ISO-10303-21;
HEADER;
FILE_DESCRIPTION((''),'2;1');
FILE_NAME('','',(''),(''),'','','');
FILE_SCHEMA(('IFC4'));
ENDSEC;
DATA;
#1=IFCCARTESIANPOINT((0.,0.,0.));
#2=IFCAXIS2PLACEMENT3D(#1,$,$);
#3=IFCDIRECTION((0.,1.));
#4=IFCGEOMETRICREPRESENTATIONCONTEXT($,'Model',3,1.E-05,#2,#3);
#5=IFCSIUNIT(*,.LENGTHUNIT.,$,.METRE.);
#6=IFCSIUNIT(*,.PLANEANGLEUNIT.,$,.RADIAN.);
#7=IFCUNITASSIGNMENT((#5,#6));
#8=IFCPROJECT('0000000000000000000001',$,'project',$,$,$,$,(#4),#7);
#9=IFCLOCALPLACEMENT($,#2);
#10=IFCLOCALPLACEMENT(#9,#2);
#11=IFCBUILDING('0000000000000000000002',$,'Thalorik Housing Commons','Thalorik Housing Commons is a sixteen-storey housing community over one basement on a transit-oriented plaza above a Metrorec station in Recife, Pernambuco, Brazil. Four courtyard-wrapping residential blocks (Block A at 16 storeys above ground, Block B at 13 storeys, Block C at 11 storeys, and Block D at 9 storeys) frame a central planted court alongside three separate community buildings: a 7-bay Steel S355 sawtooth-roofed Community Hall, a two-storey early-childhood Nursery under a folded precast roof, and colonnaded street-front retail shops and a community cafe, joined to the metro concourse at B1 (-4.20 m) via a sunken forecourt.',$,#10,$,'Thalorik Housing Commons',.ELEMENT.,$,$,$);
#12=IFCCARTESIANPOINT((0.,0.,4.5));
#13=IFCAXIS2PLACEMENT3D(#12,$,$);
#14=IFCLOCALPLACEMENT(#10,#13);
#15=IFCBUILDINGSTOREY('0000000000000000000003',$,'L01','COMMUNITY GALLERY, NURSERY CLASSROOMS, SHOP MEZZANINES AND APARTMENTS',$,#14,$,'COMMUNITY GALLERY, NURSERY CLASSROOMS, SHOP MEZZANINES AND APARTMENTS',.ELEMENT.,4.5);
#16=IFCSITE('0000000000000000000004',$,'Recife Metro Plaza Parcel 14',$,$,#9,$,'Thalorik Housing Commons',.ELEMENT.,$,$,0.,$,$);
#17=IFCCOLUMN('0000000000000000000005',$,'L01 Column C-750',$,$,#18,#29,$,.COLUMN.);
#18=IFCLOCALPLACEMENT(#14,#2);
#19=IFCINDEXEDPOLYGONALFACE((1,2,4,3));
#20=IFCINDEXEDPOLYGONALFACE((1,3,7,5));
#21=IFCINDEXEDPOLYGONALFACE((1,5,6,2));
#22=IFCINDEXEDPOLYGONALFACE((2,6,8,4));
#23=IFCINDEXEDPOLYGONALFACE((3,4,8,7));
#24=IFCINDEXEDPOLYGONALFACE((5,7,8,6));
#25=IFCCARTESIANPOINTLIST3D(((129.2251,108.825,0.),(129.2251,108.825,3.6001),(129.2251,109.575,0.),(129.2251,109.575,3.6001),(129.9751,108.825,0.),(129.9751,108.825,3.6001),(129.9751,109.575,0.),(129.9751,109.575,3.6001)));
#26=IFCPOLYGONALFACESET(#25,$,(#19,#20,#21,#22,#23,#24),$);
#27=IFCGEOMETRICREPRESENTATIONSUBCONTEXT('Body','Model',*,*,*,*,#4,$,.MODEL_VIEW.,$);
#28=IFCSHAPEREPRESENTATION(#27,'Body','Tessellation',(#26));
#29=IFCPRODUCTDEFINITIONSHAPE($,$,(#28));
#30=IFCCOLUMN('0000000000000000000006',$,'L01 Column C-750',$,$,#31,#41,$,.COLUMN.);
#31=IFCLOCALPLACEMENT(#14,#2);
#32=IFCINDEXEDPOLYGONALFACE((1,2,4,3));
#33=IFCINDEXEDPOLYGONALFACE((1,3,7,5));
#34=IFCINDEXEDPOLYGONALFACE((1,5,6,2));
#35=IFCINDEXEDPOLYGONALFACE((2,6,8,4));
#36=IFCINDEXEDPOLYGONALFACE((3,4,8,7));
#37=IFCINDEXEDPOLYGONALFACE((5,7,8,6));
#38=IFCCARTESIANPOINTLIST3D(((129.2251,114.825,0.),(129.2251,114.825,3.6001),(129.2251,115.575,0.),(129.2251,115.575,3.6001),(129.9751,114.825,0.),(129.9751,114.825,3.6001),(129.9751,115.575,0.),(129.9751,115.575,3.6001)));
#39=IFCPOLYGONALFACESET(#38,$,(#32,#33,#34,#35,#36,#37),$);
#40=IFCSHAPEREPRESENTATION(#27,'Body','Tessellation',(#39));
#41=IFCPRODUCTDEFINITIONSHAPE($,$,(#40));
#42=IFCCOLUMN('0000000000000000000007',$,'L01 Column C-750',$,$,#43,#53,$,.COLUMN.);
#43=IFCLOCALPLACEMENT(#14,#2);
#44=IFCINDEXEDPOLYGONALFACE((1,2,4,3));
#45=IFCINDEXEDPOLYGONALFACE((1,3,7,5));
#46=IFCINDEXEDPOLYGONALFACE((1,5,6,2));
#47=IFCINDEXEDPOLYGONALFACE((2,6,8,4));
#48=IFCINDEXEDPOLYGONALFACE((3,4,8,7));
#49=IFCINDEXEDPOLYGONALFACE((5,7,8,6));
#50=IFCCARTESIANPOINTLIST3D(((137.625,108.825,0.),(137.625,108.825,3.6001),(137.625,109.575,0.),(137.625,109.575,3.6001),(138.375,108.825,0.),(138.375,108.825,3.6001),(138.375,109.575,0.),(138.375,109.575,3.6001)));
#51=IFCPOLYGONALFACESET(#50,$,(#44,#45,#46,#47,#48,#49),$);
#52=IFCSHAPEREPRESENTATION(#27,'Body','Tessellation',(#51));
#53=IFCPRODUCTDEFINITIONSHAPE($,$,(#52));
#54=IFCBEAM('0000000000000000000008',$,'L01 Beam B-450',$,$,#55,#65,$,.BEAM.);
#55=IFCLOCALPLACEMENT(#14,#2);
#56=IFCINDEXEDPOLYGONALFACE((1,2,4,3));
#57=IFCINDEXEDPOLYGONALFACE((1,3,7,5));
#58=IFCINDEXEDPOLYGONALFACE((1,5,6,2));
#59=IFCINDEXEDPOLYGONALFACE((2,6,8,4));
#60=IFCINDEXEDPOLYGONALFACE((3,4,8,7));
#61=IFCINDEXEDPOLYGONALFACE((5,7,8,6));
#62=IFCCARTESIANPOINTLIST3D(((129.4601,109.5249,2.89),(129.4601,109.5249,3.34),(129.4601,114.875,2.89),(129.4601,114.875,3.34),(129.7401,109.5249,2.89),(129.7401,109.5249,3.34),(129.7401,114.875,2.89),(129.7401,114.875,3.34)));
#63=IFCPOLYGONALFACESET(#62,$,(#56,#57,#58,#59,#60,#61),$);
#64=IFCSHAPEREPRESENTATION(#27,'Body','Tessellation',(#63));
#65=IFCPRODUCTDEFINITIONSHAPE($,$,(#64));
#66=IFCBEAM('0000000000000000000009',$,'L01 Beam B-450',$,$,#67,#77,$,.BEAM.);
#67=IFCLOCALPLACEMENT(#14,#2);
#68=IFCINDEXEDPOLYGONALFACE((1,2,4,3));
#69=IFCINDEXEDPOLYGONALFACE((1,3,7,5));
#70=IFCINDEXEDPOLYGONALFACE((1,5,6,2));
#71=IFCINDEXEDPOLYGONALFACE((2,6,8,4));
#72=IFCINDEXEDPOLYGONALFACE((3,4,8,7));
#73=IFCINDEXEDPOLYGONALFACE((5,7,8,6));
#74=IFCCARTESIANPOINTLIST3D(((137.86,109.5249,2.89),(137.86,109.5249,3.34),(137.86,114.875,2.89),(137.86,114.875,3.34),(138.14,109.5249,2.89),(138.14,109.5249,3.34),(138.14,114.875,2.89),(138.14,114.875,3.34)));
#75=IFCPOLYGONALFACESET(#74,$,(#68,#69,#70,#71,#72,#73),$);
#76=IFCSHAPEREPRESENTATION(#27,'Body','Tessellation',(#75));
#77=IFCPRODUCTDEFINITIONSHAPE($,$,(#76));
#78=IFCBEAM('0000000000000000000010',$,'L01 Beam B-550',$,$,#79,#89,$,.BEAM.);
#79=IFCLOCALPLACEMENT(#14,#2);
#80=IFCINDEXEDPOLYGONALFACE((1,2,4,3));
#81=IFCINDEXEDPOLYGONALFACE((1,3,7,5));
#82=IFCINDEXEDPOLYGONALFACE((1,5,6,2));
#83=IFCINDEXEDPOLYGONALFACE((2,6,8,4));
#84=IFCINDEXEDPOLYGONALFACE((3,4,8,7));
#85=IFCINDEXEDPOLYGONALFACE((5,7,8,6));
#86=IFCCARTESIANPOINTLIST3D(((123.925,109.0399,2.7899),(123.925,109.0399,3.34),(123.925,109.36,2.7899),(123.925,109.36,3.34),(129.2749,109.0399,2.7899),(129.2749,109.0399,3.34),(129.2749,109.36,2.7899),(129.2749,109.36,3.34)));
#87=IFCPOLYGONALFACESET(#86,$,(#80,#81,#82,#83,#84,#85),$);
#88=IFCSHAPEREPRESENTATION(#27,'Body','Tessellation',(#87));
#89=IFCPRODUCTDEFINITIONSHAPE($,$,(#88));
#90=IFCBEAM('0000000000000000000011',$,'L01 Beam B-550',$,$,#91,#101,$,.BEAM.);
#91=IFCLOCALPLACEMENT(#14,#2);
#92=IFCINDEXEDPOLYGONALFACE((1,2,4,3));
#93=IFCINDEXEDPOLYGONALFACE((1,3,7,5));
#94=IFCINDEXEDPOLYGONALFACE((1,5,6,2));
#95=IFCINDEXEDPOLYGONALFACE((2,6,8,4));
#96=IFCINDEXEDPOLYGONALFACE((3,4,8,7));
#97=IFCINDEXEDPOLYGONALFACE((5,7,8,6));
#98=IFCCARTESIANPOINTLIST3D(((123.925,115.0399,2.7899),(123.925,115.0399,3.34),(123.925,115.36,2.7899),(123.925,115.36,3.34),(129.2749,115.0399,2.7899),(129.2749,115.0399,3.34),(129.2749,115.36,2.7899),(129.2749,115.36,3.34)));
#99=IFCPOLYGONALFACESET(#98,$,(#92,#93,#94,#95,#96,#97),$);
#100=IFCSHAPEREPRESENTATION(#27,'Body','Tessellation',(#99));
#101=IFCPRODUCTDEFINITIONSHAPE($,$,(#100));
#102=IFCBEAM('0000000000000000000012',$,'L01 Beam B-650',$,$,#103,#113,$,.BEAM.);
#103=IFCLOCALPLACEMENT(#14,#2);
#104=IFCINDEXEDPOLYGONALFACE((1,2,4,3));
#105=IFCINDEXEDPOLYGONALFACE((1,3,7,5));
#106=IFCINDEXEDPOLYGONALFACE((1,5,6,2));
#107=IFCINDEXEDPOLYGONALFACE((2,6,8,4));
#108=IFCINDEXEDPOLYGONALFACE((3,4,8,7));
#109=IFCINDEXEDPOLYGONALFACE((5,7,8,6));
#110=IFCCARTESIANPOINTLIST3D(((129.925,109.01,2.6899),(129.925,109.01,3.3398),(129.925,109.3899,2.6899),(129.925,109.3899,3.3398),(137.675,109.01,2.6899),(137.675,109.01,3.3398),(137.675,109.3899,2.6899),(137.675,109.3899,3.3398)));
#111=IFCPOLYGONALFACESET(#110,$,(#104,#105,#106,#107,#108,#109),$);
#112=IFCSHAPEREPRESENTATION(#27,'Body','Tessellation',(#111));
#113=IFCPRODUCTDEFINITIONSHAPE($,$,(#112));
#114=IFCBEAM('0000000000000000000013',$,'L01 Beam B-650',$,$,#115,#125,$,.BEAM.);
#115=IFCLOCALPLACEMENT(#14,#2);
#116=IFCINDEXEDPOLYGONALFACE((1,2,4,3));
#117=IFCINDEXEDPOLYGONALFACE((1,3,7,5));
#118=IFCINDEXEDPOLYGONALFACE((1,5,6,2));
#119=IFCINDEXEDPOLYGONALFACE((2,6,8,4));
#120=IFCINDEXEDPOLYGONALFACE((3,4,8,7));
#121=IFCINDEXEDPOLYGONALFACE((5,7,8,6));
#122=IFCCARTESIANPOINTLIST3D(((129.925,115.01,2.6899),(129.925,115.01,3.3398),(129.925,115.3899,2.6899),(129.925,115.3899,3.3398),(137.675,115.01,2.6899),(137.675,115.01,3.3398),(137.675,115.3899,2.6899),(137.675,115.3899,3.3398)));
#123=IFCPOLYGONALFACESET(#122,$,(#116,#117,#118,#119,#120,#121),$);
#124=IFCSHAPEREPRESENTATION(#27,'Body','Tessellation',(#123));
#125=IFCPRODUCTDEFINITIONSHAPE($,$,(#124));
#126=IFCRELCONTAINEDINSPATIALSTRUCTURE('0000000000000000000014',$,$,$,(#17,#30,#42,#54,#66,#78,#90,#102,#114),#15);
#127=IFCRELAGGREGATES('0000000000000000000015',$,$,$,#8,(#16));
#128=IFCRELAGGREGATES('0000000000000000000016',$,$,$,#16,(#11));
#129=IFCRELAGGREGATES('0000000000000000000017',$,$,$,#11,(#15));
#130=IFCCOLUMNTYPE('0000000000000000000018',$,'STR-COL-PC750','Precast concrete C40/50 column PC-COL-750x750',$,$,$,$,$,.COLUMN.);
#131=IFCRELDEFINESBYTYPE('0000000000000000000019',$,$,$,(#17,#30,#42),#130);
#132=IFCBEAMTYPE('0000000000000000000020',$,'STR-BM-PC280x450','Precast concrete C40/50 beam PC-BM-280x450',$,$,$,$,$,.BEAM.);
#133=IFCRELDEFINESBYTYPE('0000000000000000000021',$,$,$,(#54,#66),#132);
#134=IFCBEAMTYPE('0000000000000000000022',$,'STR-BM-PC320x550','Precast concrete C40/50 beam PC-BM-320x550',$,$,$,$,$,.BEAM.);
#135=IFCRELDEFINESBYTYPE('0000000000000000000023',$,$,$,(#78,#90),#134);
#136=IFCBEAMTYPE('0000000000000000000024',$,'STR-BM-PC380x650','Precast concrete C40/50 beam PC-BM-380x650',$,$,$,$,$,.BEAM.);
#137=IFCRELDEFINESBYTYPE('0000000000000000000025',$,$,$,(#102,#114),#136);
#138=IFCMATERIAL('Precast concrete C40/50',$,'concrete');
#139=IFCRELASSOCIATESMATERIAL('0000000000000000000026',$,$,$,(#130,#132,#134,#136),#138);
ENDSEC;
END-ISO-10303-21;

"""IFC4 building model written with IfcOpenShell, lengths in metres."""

from ifc_helpers import new_model, si_unit, direction, frame, origin, origin_2d, place, context, subcontext, project, spatial, rectangle, extrude, material, material_profile, profile_set, type_object, element, save


model = new_model("IFC4")

# Units and contexts
model_context = context("Model", 3, precision=1e-05, world=origin(), true_north=direction((0.0, 1.0)))
body_context = subcontext(model_context, "Body", "Model", "MODEL_VIEW")
ifc_project = project(units=[si_unit("LENGTHUNIT", "METRE"), si_unit("PLANEANGLEUNIT", "RADIAN")], contexts=[model_context])

# Site, building, storey
site_placement = place(None, origin())
site = spatial("IfcSite", under=ifc_project, at=site_placement, Name="Recife Metro Plaza Parcel 14", LongName="Thalorik Housing Commons", CompositionType="ELEMENT", RefElevation=0.0)
building_placement = place(site_placement, origin())
building = spatial("IfcBuilding", under=site, at=building_placement, Name="Thalorik Housing Commons", Description="Thalorik Housing Commons is a sixteen-storey housing community over one basement on a transit-oriented plaza above a Metrorec station in Recife, Pernambuco, Brazil. Four courtyard-wrapping residential blocks (Block A at 16 storeys above ground, Block B at 13 storeys, Block C at 11 storeys, and Block D at 9 storeys) frame a central planted court alongside three separate community buildings: a 7-bay Steel S355 sawtooth-roofed Community Hall, a two-storey early-childhood Nursery under a folded precast roof, and colonnaded street-front retail shops and a community cafe, joined to the metro concourse at B1 (-4.20 m) via a sunken forecourt.", LongName="Thalorik Housing Commons", CompositionType="ELEMENT")
storey_placement = place(building_placement, frame((0.0, 0.0, 4.5)))
storey = spatial("IfcBuildingStorey", under=building, at=storey_placement, Name="L01", Description="COMMUNITY GALLERY, NURSERY CLASSROOMS, SHOP MEZZANINES AND APARTMENTS", LongName="COMMUNITY GALLERY, NURSERY CLASSROOMS, SHOP MEZZANINES AND APARTMENTS", CompositionType="ELEMENT", Elevation=4.5)

# Columns
ifc_material_1 = material(Name="Precast concrete C40/50", Category="concrete")
ifc_material_profile_1 = material_profile(ifc_material_1, rectangle(XDim=0.75, YDim=0.75, at=origin_2d()), Name="PC 750x750", Category="concrete")
ifc_profile_set_1 = profile_set([ifc_material_profile_1], Name="Precast concrete C40/50")
column_type = type_object("IfcColumnType", Name="STR-COL-PC750", Description="Precast concrete C40/50 column PC-COL-750x750", PredefinedType="COLUMN", material=ifc_profile_set_1)
for number, where, z_axis, x_axis, name in (
    (1, (129.6001, 109.2, 0.0), (0.0, 0.0, 1.0), (1.0, 0.0, 0.0), "L01 Column C-750"),
    (2, (129.6001, 115.2, 0.0), (0.0, 0.0, 1.0), (1.0, 0.0, 0.0), "L01 Column C-750"),
    (3, (138.0, 109.2, 0.0), (0.0, 0.0, 1.0), (1.0, 0.0, 0.0), "L01 Column C-750"),
):
    element("IfcColumn", number, at=place(storey_placement, frame(where, z_axis=z_axis, x_axis=x_axis)), inside=storey, type_object=column_type, Name=name, PredefinedType="COLUMN", context=body_context, shape_type="SweptSolid", body=[
        extrude(rectangle(XDim=0.75, YDim=0.75, at=origin_2d()), origin(), (0.0, 0.0, 1.0), 3.6001),
    ])

# Beams
ifc_material_profile_2 = material_profile(ifc_material_1, rectangle(XDim=0.28, YDim=0.45, at=origin_2d()), Name="PC 280x450", Category="concrete")
ifc_profile_set_2 = profile_set([ifc_material_profile_2], Name="Precast concrete C40/50")
beam_type_1 = type_object("IfcBeamType", Name="STR-BM-PC280x450", Description="Precast concrete C40/50 beam PC-BM-280x450", PredefinedType="BEAM", material=ifc_profile_set_2)
for number, where, z_axis, x_axis, name in (
    (4, (129.6001, 109.5249, 3.115), (0.0, 1.0, 0.0), (-1.0, 0.0, 0.0), "L01 Beam B-450"),
    (5, (138.0, 109.5249, 3.115), (0.0, 1.0, 0.0), (-1.0, 0.0, 0.0), "L01 Beam B-450"),
):
    element("IfcBeam", number, at=place(storey_placement, frame(where, z_axis=z_axis, x_axis=x_axis)), inside=storey, type_object=beam_type_1, Name=name, PredefinedType="BEAM", context=body_context, shape_type="SweptSolid", body=[
        extrude(rectangle(XDim=0.28, YDim=0.45, at=origin_2d()), origin(), (0.0, 0.0, 1.0), 5.3501),
    ])
ifc_material_profile_3 = material_profile(ifc_material_1, rectangle(XDim=0.3201, YDim=0.55, at=origin_2d()), Name="PC 320x550", Category="concrete")
ifc_profile_set_3 = profile_set([ifc_material_profile_3], Name="Precast concrete C40/50")
beam_type_2 = type_object("IfcBeamType", Name="STR-BM-PC320x550", Description="Precast concrete C40/50 beam PC-BM-320x550", PredefinedType="BEAM", material=ifc_profile_set_3)
for number, where, z_axis, x_axis, name in (
    (6, (123.925, 109.2, 3.0649), (1.0, 0.0, 0.0), (0.0, 1.0, 0.0), "L01 Beam B-550"),
    (7, (123.925, 115.2, 3.0649), (1.0, 0.0, 0.0), (0.0, 1.0, 0.0), "L01 Beam B-550"),
):
    element("IfcBeam", number, at=place(storey_placement, frame(where, z_axis=z_axis, x_axis=x_axis)), inside=storey, type_object=beam_type_2, Name=name, PredefinedType="BEAM", context=body_context, shape_type="SweptSolid", body=[
        extrude(rectangle(XDim=0.3201, YDim=0.55, at=origin_2d()), origin(), (0.0, 0.0, 1.0), 5.3499),
    ])
ifc_material_profile_4 = material_profile(ifc_material_1, rectangle(XDim=0.3799, YDim=0.6499, at=origin_2d()), Name="PC 380x650", Category="concrete")
ifc_profile_set_4 = profile_set([ifc_material_profile_4], Name="Precast concrete C40/50")
beam_type_3 = type_object("IfcBeamType", Name="STR-BM-PC380x650", Description="Precast concrete C40/50 beam PC-BM-380x650", PredefinedType="BEAM", material=ifc_profile_set_4)
for number, where, z_axis, x_axis, name in (
    (8, (129.925, 109.2, 3.0149), (1.0, 0.0, 0.0), (0.0, 1.0, 0.0), "L01 Beam B-650"),
    (9, (129.925, 115.2, 3.0149), (1.0, 0.0, 0.0), (0.0, 1.0, 0.0), "L01 Beam B-650"),
):
    element("IfcBeam", number, at=place(storey_placement, frame(where, z_axis=z_axis, x_axis=x_axis)), inside=storey, type_object=beam_type_3, Name=name, PredefinedType="BEAM", context=body_context, shape_type="SweptSolid", body=[
        extrude(rectangle(XDim=0.3799, YDim=0.6499, at=origin_2d()), origin(), (0.0, 0.0, 1.0), 7.75),
    ])

save(model, "model.ifc")
